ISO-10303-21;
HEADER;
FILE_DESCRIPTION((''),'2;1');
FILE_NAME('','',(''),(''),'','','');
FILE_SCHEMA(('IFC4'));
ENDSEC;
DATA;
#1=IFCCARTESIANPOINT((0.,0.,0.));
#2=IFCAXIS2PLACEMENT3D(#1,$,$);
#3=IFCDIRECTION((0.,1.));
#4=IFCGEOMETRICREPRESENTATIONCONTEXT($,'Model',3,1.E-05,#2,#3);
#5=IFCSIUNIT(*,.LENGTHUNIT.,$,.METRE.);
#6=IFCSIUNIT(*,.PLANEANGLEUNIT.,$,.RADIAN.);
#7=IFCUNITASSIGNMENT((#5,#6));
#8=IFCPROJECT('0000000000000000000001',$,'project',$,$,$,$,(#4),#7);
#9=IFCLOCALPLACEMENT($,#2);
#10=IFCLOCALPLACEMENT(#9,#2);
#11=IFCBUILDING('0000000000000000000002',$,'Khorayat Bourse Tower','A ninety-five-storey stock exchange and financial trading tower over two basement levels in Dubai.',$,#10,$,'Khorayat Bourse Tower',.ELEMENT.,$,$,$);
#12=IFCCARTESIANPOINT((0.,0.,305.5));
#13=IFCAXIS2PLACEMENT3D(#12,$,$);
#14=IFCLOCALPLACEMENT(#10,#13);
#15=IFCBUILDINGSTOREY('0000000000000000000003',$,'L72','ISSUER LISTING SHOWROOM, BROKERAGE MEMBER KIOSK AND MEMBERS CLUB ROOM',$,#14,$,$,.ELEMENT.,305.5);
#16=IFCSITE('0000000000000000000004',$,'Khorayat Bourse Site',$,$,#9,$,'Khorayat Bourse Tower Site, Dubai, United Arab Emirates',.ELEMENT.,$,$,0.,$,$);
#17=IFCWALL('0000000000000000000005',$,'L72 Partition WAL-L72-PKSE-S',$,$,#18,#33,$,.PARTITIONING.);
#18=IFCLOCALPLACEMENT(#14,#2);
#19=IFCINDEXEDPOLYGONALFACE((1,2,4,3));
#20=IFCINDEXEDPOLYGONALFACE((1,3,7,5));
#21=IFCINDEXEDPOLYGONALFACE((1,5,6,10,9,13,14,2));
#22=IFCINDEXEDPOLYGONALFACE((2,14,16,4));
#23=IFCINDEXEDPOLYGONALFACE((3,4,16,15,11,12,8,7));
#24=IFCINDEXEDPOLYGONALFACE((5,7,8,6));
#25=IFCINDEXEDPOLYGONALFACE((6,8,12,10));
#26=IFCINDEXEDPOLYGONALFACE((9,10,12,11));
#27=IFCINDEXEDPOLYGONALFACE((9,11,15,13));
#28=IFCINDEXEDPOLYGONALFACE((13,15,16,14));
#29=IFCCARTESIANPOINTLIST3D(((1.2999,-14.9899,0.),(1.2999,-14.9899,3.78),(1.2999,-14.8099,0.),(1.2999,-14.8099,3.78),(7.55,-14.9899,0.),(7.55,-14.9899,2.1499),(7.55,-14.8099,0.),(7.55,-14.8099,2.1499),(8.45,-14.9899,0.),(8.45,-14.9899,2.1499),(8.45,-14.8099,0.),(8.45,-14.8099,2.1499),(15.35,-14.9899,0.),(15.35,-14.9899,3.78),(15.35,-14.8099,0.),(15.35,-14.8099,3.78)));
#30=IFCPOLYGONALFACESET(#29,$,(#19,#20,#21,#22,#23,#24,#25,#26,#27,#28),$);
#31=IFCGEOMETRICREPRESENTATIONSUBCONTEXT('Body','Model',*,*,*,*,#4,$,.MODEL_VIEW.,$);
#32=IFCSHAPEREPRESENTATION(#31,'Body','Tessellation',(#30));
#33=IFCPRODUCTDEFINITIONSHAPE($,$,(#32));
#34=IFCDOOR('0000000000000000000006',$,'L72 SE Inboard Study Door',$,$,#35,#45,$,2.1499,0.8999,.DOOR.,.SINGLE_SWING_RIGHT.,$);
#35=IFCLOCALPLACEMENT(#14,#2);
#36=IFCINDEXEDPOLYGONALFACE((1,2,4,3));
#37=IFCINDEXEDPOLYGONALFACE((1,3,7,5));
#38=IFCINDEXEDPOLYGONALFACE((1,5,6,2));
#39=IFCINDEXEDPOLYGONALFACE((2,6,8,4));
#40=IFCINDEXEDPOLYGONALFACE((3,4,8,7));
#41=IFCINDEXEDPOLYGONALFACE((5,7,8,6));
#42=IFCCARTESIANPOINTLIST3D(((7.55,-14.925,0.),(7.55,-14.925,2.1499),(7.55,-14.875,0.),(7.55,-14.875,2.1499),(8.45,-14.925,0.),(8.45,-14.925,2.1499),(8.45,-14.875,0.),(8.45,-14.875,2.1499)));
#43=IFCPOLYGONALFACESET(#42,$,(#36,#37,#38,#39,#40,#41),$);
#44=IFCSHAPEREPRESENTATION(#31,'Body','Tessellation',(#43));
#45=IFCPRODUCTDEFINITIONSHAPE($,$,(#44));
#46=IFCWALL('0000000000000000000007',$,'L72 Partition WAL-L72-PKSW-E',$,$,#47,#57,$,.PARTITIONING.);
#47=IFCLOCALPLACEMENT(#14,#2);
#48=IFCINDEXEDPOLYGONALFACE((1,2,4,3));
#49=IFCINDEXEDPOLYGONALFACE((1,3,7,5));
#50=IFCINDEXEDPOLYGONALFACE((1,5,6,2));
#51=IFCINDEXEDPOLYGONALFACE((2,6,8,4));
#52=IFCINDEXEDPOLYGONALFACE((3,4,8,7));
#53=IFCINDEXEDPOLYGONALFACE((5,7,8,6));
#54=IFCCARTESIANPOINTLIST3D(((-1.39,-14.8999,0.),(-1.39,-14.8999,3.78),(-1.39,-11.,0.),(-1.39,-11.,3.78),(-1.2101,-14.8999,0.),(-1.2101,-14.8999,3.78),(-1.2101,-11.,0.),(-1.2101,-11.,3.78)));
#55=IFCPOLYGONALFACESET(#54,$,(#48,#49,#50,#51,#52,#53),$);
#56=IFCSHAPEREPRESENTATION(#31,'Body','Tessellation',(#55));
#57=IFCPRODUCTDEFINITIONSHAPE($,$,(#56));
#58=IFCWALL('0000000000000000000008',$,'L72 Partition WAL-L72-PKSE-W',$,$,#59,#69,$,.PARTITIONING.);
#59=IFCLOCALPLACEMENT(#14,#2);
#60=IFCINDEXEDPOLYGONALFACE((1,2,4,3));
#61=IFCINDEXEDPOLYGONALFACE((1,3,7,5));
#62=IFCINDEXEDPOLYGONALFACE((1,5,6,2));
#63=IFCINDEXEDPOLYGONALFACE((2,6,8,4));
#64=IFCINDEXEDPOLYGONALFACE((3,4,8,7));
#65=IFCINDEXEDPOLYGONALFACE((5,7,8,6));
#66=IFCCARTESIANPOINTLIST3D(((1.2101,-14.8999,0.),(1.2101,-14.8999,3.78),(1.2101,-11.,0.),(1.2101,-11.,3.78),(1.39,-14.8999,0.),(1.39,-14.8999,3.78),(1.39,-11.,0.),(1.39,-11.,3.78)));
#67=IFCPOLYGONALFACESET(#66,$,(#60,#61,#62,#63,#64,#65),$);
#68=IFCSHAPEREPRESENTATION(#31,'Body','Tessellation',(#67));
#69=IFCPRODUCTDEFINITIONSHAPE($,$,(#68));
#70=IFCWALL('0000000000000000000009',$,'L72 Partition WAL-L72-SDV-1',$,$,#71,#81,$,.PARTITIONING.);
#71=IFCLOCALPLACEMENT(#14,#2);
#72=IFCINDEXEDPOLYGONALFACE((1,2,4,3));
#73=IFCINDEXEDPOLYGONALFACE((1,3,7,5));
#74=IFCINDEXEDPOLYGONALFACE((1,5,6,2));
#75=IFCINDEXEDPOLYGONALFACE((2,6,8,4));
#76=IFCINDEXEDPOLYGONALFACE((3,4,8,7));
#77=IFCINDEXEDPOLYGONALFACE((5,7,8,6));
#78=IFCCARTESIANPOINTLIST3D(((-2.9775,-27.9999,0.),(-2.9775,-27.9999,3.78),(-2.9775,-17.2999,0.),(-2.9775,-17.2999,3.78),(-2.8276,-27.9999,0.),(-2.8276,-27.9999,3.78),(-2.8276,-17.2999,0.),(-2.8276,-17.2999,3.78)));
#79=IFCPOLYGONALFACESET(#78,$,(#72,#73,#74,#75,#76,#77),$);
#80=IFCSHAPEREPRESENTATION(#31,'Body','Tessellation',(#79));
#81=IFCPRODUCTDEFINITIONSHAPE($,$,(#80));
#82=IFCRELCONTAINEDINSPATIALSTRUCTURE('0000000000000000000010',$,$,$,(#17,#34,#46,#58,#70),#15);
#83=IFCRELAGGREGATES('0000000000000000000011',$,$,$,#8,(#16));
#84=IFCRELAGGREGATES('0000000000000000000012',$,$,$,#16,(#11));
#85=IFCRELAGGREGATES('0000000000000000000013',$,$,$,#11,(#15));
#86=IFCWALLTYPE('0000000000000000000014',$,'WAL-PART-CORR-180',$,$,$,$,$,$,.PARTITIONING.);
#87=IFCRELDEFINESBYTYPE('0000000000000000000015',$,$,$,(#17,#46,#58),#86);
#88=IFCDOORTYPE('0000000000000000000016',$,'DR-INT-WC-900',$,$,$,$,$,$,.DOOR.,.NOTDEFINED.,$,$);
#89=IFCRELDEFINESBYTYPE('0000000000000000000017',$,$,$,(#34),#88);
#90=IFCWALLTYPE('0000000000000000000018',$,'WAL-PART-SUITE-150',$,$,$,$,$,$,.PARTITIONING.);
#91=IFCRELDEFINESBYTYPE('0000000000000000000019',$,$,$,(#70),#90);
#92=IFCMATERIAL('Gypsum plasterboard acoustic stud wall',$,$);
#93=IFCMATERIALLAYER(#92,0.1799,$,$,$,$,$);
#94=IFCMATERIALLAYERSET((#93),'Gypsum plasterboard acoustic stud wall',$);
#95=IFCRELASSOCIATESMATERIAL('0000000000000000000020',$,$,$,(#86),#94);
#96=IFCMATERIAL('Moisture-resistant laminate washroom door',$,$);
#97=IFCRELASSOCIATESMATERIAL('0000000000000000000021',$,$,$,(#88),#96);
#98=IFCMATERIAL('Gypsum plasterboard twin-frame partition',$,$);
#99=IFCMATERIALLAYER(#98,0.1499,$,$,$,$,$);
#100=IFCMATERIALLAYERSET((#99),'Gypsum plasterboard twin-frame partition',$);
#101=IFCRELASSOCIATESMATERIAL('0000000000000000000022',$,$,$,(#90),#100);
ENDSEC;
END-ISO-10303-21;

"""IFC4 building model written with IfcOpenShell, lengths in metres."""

from ifc_helpers import new_model, si_unit, direction, frame, frame_2d, origin, place, context, subcontext, project, spatial, rectangle, extrude, source, transform, mapped, material, layer, layer_set, type_object, element, fill, save


model = new_model("IFC4")

# Units and contexts
model_context = context("Model", 3, precision=1e-05, world=origin(), true_north=direction((0.0, 1.0)))
body_context = subcontext(model_context, "Body", "Model", "MODEL_VIEW")
ifc_project = project(units=[si_unit("LENGTHUNIT", "METRE"), si_unit("PLANEANGLEUNIT", "RADIAN")], contexts=[model_context])

# Site, building, storey
site_placement = place(None, origin())
site = spatial("IfcSite", under=ifc_project, at=site_placement, Name="Khorayat Bourse Site", LongName="Khorayat Bourse Tower Site, Dubai, United Arab Emirates", CompositionType="ELEMENT", RefElevation=0.0)
building_placement = place(site_placement, origin())
building = spatial("IfcBuilding", under=site, at=building_placement, Name="Khorayat Bourse Tower", Description="A ninety-five-storey stock exchange and financial trading tower over two basement levels in Dubai.", LongName="Khorayat Bourse Tower", CompositionType="ELEMENT")
storey_placement = place(building_placement, frame((0.0, 0.0, 305.5)))
storey = spatial("IfcBuildingStorey", under=building, at=storey_placement, Name="L72", Description="ISSUER LISTING SHOWROOM, BROKERAGE MEMBER KIOSK AND MEMBERS CLUB ROOM", CompositionType="ELEMENT", Elevation=305.5)

# Wall, opening, door
ifc_material_1 = material(Name="Gypsum plasterboard acoustic stud wall")
ifc_layer_1 = layer(ifc_material_1, 0.1799)
ifc_layer_set_1 = layer_set([ifc_layer_1], Name="Gypsum plasterboard acoustic stud wall")
wall_type_1 = type_object("IfcWallType", Name="WAL-PART-CORR-180", PredefinedType="PARTITIONING", material=ifc_layer_set_1)
shared_shape_1 = source(origin(), body_context, "Body", "SweptSolid", [
    extrude(rectangle(XDim=14.05, YDim=0.1799, at=frame_2d((7.0249, 0.0))), origin(), (0.0, 0.0, 1.0), 3.78),
])
wall_1_placement = place(storey_placement, frame((1.3, -14.8999, 0.0), z_axis=(0.0, 0.0, 1.0), x_axis=(1.0, 0.0, 0.0)))
wall_1 = element("IfcWall", 1, at=wall_1_placement, inside=storey, type_object=wall_type_1, Name="L72 Partition WAL-L72-PKSE-S", PredefinedType="PARTITIONING", context=body_context, shape_type="MappedRepresentation", body=[
    mapped(shared_shape_1, transform((0.0, 0.0, 0.0), scale=1.0)),
])
shared_shape_2 = source(origin(), body_context, "Body", "SweptSolid", [
    extrude(rectangle(XDim=0.8999, YDim=2.1499, at=frame_2d((0.45, 1.075))), frame((0.0, 0.0999, 0.0), z_axis=(0.0, -1.0, 0.0), x_axis=(1.0, 0.0, 0.0)), (0.0, 0.0, 1.0), 0.2),
])
opening_placement = place(wall_1_placement, frame((6.25, 0.0, 0.0)))
opening = element("IfcOpeningElement", 2, at=opening_placement, cuts=wall_1, PredefinedType="OPENING", context=body_context, shape_type="MappedRepresentation", body=[
    mapped(shared_shape_2, transform((0.0, 0.0, 0.0), scale=1.0)),
])
ifc_material_2 = material(Name="Moisture-resistant laminate washroom door")
door_type = type_object("IfcDoorType", Name="DR-INT-WC-900", OperationType="NOTDEFINED", PredefinedType="DOOR", material=ifc_material_2)
shared_shape_3 = source(origin(), body_context, "Body", "SweptSolid", [
    extrude(rectangle(XDim=0.8999, YDim=2.1499, at=frame_2d((0.45, 1.075))), frame((0.0, 0.0249, 0.0), z_axis=(0.0, -1.0, 0.0), x_axis=(1.0, 0.0, 0.0)), (0.0, 0.0, 1.0), 0.05),
])
door_placement = place(opening_placement, origin())
door = element("IfcDoor", 3, at=door_placement, inside=storey, type_object=door_type, Name="L72 SE Inboard Study Door", OperationType="SINGLE_SWING_RIGHT", OverallHeight=2.1499, OverallWidth=0.8999, PredefinedType="DOOR", context=body_context, shape_type="MappedRepresentation", body=[
    mapped(shared_shape_3, transform((0.0, 0.0, 0.0), scale=1.0)),
])
fill(opening, door)

# Walls
shared_shape_4 = source(origin(), body_context, "Body", "SweptSolid", [
    extrude(rectangle(XDim=3.8999, YDim=0.1799, at=frame_2d((1.95, 0.0))), origin(), (0.0, 0.0, 1.0), 3.78),
])
for number, where, z_axis, x_axis, name in (
    (4, (-1.3, -14.8999, 0.0), (0.0, 0.0, 1.0), (0.0, 1.0, 0.0), "L72 Partition WAL-L72-PKSW-E"),
    (5, (1.3, -14.8999, 0.0), (0.0, 0.0, 1.0), (0.0, 1.0, 0.0), "L72 Partition WAL-L72-PKSE-W"),
):
    element("IfcWall", number, at=place(storey_placement, frame(where, z_axis=z_axis, x_axis=x_axis)), inside=storey, type_object=wall_type_1, Name=name, PredefinedType="PARTITIONING", context=body_context, shape_type="MappedRepresentation", body=[
        mapped(shared_shape_4, transform((0.0, 0.0, 0.0), scale=1.0)),
    ])
ifc_material_3 = material(Name="Gypsum plasterboard twin-frame partition")
ifc_layer_2 = layer(ifc_material_3, 0.1499)
ifc_layer_set_2 = layer_set([ifc_layer_2], Name="Gypsum plasterboard twin-frame partition")
wall_type_2 = type_object("IfcWallType", Name="WAL-PART-SUITE-150", PredefinedType="PARTITIONING", material=ifc_layer_set_2)
shared_shape_5 = source(origin(), body_context, "Body", "SweptSolid", [
    extrude(rectangle(XDim=10.7, YDim=0.1499, at=frame_2d((5.3501, 0.0))), origin(), (0.0, 0.0, 1.0), 3.78),
])
wall_2_placement = place(storey_placement, frame((-2.9026, -28.0, 0.0), z_axis=(0.0, 0.0, 1.0), x_axis=(0.0, 1.0, 0.0)))
element("IfcWall", 6, at=wall_2_placement, inside=storey, type_object=wall_type_2, Name="L72 Partition WAL-L72-SDV-1", PredefinedType="PARTITIONING", context=body_context, shape_type="MappedRepresentation", body=[
    mapped(shared_shape_5, transform((0.0, 0.0, 0.0), scale=1.0)),
])

save(model, "model.ifc")
